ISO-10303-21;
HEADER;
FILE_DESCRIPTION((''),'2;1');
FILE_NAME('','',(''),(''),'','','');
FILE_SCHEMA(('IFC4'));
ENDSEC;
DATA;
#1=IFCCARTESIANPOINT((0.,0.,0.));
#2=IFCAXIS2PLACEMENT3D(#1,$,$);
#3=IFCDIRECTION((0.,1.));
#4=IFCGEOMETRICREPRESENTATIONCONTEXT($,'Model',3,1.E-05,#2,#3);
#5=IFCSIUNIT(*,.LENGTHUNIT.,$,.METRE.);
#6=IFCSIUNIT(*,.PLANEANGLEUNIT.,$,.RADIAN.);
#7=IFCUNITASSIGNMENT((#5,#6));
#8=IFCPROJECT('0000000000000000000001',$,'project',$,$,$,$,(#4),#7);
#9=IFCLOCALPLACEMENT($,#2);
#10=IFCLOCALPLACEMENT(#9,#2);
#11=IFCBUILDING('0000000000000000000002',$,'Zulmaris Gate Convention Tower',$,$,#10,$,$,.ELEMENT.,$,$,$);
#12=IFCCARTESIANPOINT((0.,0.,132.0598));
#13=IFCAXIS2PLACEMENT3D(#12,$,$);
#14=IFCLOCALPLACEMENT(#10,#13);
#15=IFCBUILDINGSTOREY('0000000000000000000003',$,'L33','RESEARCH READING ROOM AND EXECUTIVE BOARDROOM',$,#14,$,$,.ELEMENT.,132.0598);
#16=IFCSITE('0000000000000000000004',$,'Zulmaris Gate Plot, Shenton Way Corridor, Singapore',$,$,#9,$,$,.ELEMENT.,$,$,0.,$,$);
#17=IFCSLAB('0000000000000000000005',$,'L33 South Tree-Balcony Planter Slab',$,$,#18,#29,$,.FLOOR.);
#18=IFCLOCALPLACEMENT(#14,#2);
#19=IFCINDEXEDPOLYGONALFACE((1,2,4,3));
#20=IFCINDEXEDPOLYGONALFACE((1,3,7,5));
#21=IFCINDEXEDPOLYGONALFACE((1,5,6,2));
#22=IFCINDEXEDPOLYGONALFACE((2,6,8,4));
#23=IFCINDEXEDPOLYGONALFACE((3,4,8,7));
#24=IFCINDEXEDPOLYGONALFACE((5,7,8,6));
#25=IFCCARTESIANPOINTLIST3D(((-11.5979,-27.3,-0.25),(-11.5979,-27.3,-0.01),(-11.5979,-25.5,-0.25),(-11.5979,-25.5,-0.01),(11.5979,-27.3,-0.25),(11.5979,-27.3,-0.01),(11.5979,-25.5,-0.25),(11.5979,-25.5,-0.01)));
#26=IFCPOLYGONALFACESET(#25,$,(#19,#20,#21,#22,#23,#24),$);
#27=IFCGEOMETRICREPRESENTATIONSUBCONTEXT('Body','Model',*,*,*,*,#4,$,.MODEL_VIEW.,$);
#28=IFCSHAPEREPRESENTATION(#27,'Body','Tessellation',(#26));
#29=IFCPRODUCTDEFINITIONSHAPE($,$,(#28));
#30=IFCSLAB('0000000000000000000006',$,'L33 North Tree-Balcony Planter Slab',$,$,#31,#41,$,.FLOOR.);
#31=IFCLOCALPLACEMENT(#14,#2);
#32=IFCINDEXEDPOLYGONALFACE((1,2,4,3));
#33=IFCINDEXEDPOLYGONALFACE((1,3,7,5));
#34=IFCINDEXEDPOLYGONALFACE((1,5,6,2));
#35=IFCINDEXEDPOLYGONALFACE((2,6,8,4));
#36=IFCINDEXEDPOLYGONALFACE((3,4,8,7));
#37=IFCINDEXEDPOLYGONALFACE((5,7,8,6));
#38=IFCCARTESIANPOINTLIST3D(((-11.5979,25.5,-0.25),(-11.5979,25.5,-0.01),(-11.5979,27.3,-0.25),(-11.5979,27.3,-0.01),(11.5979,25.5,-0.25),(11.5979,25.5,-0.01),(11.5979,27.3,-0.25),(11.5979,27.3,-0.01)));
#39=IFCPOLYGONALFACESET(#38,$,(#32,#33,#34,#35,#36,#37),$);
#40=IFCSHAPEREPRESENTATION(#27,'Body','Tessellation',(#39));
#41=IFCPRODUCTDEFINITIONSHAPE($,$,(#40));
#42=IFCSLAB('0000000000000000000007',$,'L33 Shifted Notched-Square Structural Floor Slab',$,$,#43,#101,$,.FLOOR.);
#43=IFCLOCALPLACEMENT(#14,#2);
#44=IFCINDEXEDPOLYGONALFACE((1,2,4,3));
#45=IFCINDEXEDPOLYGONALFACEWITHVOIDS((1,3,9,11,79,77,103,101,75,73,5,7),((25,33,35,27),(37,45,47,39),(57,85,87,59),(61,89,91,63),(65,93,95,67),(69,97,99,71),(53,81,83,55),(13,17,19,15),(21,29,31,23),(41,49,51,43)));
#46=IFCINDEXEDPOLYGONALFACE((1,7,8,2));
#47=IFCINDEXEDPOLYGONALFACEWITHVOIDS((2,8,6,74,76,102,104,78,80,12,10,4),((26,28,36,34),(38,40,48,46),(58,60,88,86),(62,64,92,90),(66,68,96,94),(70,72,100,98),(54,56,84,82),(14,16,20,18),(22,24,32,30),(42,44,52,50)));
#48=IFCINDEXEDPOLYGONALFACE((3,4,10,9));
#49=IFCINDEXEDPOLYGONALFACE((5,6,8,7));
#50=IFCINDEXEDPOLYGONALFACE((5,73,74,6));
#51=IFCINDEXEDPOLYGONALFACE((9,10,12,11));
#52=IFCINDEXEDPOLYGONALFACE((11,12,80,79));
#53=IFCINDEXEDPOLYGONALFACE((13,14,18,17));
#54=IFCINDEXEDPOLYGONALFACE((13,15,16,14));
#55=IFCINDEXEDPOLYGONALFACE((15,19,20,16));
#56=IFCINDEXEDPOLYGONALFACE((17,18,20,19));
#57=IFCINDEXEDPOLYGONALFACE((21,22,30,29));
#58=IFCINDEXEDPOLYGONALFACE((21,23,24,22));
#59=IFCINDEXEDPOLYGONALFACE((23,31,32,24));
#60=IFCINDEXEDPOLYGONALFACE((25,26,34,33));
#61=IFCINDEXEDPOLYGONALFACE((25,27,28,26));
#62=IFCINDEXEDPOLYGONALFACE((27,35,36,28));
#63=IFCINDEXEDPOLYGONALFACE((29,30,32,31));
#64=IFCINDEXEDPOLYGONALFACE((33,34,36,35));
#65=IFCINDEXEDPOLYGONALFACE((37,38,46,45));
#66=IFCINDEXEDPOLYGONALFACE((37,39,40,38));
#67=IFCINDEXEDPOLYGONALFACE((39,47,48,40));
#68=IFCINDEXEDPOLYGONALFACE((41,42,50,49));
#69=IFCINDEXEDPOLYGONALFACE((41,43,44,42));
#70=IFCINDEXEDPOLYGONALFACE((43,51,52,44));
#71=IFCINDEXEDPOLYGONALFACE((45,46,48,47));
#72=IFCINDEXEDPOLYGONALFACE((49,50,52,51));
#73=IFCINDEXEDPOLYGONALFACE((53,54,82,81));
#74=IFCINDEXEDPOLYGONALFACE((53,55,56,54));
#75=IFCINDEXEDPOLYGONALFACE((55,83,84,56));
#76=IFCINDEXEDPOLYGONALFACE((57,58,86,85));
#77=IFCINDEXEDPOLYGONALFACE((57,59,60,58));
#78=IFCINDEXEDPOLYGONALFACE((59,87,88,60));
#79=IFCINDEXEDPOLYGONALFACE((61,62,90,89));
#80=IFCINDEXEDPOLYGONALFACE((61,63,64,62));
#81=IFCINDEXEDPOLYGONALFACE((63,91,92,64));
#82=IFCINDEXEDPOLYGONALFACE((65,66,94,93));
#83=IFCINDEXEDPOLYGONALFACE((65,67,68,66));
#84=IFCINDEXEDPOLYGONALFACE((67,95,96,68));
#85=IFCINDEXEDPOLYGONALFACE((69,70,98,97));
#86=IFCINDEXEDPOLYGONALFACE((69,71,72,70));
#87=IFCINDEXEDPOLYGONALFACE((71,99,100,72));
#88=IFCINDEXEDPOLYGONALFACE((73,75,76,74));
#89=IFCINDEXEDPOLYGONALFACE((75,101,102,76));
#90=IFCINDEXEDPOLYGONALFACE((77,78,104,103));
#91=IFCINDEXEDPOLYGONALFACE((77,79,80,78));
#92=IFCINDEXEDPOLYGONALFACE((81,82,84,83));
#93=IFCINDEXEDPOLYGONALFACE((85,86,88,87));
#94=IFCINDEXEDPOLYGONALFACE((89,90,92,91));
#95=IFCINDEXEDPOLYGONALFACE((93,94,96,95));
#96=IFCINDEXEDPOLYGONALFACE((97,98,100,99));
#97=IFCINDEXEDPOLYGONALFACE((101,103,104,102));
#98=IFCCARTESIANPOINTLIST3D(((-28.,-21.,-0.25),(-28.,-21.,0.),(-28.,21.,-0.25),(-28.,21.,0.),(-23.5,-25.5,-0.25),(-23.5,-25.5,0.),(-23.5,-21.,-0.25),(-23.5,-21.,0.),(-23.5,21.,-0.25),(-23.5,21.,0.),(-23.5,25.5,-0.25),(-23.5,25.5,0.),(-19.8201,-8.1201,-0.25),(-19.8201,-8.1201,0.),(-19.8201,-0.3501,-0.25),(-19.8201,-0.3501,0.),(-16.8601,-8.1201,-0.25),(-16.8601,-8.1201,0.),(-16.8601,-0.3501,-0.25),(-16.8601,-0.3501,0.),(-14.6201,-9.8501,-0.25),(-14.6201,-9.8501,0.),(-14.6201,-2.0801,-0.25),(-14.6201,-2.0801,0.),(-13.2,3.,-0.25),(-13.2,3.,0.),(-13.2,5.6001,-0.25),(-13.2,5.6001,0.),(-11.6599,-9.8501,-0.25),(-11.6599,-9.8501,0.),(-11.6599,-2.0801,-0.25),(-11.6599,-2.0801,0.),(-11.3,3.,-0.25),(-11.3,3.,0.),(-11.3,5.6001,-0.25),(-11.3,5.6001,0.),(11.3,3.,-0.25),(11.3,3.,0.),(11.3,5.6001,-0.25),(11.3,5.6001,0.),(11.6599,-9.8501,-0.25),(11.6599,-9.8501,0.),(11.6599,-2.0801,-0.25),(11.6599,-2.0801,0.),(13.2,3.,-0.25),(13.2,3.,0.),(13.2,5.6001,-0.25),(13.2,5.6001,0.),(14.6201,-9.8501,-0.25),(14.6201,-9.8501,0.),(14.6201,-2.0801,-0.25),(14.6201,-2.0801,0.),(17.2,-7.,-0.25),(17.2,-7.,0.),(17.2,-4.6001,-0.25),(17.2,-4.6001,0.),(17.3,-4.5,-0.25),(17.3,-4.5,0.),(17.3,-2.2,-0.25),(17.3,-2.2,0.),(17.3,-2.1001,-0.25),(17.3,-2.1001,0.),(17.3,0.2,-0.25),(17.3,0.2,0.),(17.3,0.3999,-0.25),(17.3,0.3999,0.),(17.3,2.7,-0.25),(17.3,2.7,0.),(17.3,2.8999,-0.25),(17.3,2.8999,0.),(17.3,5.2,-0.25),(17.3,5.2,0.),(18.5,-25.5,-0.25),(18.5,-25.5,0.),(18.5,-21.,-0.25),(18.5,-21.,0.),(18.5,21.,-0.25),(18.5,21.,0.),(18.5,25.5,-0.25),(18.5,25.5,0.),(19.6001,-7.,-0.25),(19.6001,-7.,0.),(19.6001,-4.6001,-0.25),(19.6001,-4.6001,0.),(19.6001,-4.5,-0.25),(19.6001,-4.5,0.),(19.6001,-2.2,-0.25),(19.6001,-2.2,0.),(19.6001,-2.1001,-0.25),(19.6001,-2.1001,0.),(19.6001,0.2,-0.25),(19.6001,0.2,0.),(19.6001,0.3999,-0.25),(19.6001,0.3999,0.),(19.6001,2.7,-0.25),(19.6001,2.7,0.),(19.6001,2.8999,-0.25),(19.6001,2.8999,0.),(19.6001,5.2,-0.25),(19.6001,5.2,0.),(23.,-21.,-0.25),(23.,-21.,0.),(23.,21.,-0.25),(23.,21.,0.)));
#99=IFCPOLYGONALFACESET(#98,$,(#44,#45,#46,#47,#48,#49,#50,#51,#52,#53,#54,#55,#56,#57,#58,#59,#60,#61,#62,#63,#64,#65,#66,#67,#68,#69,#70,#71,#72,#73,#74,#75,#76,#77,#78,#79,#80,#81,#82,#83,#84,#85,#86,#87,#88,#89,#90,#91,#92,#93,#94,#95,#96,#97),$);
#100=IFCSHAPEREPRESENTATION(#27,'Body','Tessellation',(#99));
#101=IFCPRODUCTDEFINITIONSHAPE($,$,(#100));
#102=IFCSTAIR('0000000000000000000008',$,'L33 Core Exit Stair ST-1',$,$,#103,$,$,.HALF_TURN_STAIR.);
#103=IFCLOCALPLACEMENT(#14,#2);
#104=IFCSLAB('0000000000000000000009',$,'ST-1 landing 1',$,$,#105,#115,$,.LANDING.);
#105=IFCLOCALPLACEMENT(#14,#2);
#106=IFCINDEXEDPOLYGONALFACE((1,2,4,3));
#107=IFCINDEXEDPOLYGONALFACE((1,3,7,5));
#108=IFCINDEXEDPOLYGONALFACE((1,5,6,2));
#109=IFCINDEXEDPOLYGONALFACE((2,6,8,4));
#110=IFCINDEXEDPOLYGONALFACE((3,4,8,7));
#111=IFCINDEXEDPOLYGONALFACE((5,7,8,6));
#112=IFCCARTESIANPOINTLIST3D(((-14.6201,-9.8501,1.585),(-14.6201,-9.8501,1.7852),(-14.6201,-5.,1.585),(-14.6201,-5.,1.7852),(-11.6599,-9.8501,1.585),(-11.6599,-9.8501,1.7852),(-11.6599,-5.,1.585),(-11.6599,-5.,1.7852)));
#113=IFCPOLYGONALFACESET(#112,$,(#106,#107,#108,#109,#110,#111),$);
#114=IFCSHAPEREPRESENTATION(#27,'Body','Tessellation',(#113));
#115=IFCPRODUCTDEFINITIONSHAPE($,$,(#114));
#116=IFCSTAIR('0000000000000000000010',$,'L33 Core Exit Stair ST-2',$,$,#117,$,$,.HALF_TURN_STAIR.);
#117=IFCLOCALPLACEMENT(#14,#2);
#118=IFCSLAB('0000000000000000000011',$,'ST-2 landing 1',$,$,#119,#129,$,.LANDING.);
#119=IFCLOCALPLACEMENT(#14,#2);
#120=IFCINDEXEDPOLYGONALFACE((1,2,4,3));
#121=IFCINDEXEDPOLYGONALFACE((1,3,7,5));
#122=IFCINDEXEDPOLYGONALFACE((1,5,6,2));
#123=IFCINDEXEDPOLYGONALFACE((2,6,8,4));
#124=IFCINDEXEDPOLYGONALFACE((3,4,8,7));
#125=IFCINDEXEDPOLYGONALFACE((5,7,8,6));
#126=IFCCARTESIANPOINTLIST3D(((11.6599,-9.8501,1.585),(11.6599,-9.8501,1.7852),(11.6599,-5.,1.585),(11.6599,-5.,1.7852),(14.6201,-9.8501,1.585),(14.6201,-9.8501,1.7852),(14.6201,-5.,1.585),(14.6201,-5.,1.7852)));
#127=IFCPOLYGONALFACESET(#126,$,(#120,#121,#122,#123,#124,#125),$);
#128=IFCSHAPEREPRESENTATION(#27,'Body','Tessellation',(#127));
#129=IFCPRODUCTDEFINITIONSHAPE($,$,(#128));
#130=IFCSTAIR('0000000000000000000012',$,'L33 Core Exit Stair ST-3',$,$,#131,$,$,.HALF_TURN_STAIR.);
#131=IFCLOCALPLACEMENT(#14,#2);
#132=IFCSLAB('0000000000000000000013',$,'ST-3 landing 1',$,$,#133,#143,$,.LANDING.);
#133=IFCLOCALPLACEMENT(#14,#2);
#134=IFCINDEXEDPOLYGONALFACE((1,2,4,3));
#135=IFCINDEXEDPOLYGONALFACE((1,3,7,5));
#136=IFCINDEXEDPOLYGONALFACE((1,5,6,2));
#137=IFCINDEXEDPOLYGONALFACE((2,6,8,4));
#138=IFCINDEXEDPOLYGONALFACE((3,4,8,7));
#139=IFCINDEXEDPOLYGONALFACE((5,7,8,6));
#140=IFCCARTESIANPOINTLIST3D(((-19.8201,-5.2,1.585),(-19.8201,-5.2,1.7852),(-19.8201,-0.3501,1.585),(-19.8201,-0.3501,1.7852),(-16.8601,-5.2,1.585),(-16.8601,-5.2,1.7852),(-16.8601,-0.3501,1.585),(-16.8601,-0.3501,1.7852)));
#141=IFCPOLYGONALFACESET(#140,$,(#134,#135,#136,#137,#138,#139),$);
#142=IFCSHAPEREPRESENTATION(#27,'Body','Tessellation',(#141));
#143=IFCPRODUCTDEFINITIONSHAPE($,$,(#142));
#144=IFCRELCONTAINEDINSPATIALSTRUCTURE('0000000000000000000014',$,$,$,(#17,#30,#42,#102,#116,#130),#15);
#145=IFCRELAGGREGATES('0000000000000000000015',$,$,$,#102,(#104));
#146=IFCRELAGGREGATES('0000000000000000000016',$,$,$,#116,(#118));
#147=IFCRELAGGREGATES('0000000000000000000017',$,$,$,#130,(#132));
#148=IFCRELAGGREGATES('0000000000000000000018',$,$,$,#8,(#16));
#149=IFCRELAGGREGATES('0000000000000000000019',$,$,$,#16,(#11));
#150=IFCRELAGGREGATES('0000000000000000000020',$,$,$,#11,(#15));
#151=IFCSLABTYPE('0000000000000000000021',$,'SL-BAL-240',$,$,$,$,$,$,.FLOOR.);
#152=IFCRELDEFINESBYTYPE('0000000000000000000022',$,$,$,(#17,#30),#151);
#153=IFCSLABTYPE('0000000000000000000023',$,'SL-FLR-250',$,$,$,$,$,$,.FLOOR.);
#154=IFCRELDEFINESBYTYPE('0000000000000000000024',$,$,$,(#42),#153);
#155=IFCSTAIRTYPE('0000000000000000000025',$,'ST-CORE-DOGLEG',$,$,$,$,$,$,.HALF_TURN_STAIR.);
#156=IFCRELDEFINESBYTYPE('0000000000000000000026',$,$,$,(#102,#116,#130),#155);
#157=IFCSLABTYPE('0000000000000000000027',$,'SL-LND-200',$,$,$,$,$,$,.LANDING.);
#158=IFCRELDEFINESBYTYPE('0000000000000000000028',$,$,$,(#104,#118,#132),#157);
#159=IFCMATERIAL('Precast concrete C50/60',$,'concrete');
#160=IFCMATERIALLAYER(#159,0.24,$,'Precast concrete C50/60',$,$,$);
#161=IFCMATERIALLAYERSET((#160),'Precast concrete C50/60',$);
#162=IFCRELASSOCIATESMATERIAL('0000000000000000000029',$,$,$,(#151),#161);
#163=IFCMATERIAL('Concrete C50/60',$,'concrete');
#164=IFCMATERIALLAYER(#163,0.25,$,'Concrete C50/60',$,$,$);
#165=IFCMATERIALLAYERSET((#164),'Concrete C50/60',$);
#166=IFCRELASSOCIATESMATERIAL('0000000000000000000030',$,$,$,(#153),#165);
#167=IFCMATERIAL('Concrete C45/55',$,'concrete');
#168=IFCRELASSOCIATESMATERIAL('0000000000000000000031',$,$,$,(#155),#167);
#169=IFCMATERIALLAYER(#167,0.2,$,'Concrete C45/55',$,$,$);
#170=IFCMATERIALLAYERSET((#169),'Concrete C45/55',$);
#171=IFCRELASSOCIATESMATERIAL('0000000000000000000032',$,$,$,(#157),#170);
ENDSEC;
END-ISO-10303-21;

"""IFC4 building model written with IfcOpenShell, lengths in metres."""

from ifc_helpers import new_model, si_unit, direction, frame, origin, place, context, subcontext, project, spatial, polyline, outline, extrude, material, layer, layer_set, type_object, element, aggregate, save


model = new_model("IFC4")

# Units and contexts
model_context = context("Model", 3, precision=1e-05, world=origin(), true_north=direction((0.0, 1.0)))
body_context = subcontext(model_context, "Body", "Model", "MODEL_VIEW")
ifc_project = project(units=[si_unit("LENGTHUNIT", "METRE"), si_unit("PLANEANGLEUNIT", "RADIAN")], contexts=[model_context])

# Site, building, storey
site_placement = place(None, origin())
site = spatial("IfcSite", under=ifc_project, at=site_placement, Name="Zulmaris Gate Plot, Shenton Way Corridor, Singapore", CompositionType="ELEMENT", RefElevation=0.0)
building_placement = place(site_placement, origin())
building = spatial("IfcBuilding", under=site, at=building_placement, Name="Zulmaris Gate Convention Tower", CompositionType="ELEMENT")
storey_placement = place(building_placement, frame((0.0, 0.0, 132.0598)))
storey = spatial("IfcBuildingStorey", under=building, at=storey_placement, Name="L33", Description="RESEARCH READING ROOM AND EXECUTIVE BOARDROOM", CompositionType="ELEMENT", Elevation=132.0598)

# Slabs
ifc_material_1 = material(Name="Precast concrete C50/60", Category="concrete")
ifc_layer_1 = layer(ifc_material_1, 0.24, Name="Precast concrete C50/60")
ifc_layer_set_1 = layer_set([ifc_layer_1], Name="Precast concrete C50/60")
slab_type_1 = type_object("IfcSlabType", Name="SL-BAL-240", PredefinedType="FLOOR", material=ifc_layer_set_1)
slab_1_placement = place(storey_placement, frame((0.0, 0.0, -0.25)))
element("IfcSlab", 1, at=slab_1_placement, inside=storey, type_object=slab_type_1, Name="L33 South Tree-Balcony Planter Slab", PredefinedType="FLOOR", context=body_context, shape_type="SweptSolid", body=[
    extrude(outline(polyline([(-11.5979, -27.3), (-11.5979, -25.5), (11.5979, -25.5), (11.5979, -27.3), (-11.5979, -27.3)])), origin(), (0.0, 0.0, 1.0), 0.24),
])
slab_2_placement = place(storey_placement, frame((0.0, 0.0, -0.25)))
element("IfcSlab", 2, at=slab_2_placement, inside=storey, type_object=slab_type_1, Name="L33 North Tree-Balcony Planter Slab", PredefinedType="FLOOR", context=body_context, shape_type="SweptSolid", body=[
    extrude(outline(polyline([(11.5979, 27.3), (11.5979, 25.5), (-11.5979, 25.5), (-11.5979, 27.3), (11.5979, 27.3)])), origin(), (0.0, 0.0, 1.0), 0.24),
])
ifc_material_2 = material(Name="Concrete C50/60", Category="concrete")
ifc_layer_2 = layer(ifc_material_2, 0.25, Name="Concrete C50/60")
ifc_layer_set_2 = layer_set([ifc_layer_2], Name="Concrete C50/60")
slab_type_2 = type_object("IfcSlabType", Name="SL-FLR-250", PredefinedType="FLOOR", material=ifc_layer_set_2)
slab_3_placement = place(storey_placement, frame((0.0, 0.0, -0.25)))
element("IfcSlab", 3, at=slab_3_placement, inside=storey, type_object=slab_type_2, Name="L33 Shifted Notched-Square Structural Floor Slab", PredefinedType="FLOOR", context=body_context, shape_type="SweptSolid", body=[
    extrude(outline(polyline([(-23.5, -25.5), (18.5, -25.5), (18.5, -21.0), (23.0, -21.0), (23.0, 21.0), (18.5, 21.0), (18.5, 25.5), (-23.5, 25.5), (-23.5, 21.0), (-28.0, 21.0), (-28.0, -21.0), (-23.5, -21.0), (-23.5, -25.5)]), holes=[polyline([(-14.6201, -2.0801), (-14.6201, -9.8501), (-11.6599, -9.8501), (-11.6599, -2.0801), (-14.6201, -2.0801)]), polyline([(11.6599, -2.0801), (11.6599, -9.8501), (14.6201, -9.8501), (14.6201, -2.0801), (11.6599, -2.0801)]), polyline([(-16.8601, -8.1201), (-16.8601, -0.3501), (-19.8201, -0.3501), (-19.8201, -8.1201), (-16.8601, -8.1201)]), polyline([(-13.2, 3.0), (-11.3, 3.0), (-11.3, 5.6001), (-13.2, 5.6001), (-13.2, 3.0)]), polyline([(11.3, 3.0), (13.2, 3.0), (13.2, 5.6001), (11.3, 5.6001), (11.3, 3.0)]), polyline([(17.2, -7.0), (19.6001, -7.0), (19.6001, -4.6001), (17.2, -4.6001), (17.2, -7.0)]), polyline([(17.3, -4.5), (19.6001, -4.5), (19.6001, -2.2), (17.3, -2.2), (17.3, -4.5)]), polyline([(17.3, -2.1001), (19.6001, -2.1001), (19.6001, 0.2), (17.3, 0.2), (17.3, -2.1001)]), polyline([(17.3, 0.3999), (19.6001, 0.3999), (19.6001, 2.7), (17.3, 2.7), (17.3, 0.3999)]), polyline([(17.3, 2.8999), (19.6001, 2.8999), (19.6001, 5.2), (17.3, 5.2), (17.3, 2.8999)])]), origin(), (0.0, 0.0, 1.0), 0.25),
])

# Stairs, slabs
ifc_material_3 = material(Name="Concrete C45/55", Category="concrete")
stair_type = type_object("IfcStairType", Name="ST-CORE-DOGLEG", PredefinedType="HALF_TURN_STAIR", material=ifc_material_3)
stair_1_placement = place(storey_placement, origin())
stair_1 = element("IfcStair", 4, at=stair_1_placement, inside=storey, type_object=stair_type, Name="L33 Core Exit Stair ST-1", PredefinedType="HALF_TURN_STAIR")
ifc_layer_3 = layer(ifc_material_3, 0.2, Name="Concrete C45/55")
ifc_layer_set_3 = layer_set([ifc_layer_3], Name="Concrete C45/55")
slab_type_3 = type_object("IfcSlabType", Name="SL-LND-200", PredefinedType="LANDING", material=ifc_layer_set_3)
slab_4_placement = place(storey_placement, frame((0.0, 0.0, 1.585)))
slab_4 = element("IfcSlab", 5, at=slab_4_placement, type_object=slab_type_3, Name="ST-1 landing 1", PredefinedType="LANDING", context=body_context, shape_type="SweptSolid", body=[
    extrude(outline(polyline([(-14.6201, -5.0), (-14.6201, -9.8501), (-11.6599, -9.8501), (-11.6599, -5.0), (-14.6201, -5.0)])), origin(), (0.0, 0.0, 1.0), 0.2002),
])
aggregate(stair_1, [slab_4])
stair_2_placement = place(storey_placement, origin())
stair_2 = element("IfcStair", 6, at=stair_2_placement, inside=storey, type_object=stair_type, Name="L33 Core Exit Stair ST-2", PredefinedType="HALF_TURN_STAIR")
slab_5_placement = place(storey_placement, frame((0.0, 0.0, 1.585)))
slab_5 = element("IfcSlab", 7, at=slab_5_placement, type_object=slab_type_3, Name="ST-2 landing 1", PredefinedType="LANDING", context=body_context, shape_type="SweptSolid", body=[
    extrude(outline(polyline([(11.6599, -5.0), (11.6599, -9.8501), (14.6201, -9.8501), (14.6201, -5.0), (11.6599, -5.0)])), origin(), (0.0, 0.0, 1.0), 0.2002),
])
aggregate(stair_2, [slab_5])
stair_3_placement = place(storey_placement, origin())
stair_3 = element("IfcStair", 8, at=stair_3_placement, inside=storey, type_object=stair_type, Name="L33 Core Exit Stair ST-3", PredefinedType="HALF_TURN_STAIR")
slab_6_placement = place(storey_placement, frame((0.0, 0.0, 1.585)))
slab_6 = element("IfcSlab", 9, at=slab_6_placement, type_object=slab_type_3, Name="ST-3 landing 1", PredefinedType="LANDING", context=body_context, shape_type="SweptSolid", body=[
    extrude(outline(polyline([(-16.8601, -5.2), (-16.8601, -0.3501), (-19.8201, -0.3501), (-19.8201, -5.2), (-16.8601, -5.2)])), origin(), (0.0, 0.0, 1.0), 0.2002),
])
aggregate(stair_3, [slab_6])

save(model, "model.ifc")
